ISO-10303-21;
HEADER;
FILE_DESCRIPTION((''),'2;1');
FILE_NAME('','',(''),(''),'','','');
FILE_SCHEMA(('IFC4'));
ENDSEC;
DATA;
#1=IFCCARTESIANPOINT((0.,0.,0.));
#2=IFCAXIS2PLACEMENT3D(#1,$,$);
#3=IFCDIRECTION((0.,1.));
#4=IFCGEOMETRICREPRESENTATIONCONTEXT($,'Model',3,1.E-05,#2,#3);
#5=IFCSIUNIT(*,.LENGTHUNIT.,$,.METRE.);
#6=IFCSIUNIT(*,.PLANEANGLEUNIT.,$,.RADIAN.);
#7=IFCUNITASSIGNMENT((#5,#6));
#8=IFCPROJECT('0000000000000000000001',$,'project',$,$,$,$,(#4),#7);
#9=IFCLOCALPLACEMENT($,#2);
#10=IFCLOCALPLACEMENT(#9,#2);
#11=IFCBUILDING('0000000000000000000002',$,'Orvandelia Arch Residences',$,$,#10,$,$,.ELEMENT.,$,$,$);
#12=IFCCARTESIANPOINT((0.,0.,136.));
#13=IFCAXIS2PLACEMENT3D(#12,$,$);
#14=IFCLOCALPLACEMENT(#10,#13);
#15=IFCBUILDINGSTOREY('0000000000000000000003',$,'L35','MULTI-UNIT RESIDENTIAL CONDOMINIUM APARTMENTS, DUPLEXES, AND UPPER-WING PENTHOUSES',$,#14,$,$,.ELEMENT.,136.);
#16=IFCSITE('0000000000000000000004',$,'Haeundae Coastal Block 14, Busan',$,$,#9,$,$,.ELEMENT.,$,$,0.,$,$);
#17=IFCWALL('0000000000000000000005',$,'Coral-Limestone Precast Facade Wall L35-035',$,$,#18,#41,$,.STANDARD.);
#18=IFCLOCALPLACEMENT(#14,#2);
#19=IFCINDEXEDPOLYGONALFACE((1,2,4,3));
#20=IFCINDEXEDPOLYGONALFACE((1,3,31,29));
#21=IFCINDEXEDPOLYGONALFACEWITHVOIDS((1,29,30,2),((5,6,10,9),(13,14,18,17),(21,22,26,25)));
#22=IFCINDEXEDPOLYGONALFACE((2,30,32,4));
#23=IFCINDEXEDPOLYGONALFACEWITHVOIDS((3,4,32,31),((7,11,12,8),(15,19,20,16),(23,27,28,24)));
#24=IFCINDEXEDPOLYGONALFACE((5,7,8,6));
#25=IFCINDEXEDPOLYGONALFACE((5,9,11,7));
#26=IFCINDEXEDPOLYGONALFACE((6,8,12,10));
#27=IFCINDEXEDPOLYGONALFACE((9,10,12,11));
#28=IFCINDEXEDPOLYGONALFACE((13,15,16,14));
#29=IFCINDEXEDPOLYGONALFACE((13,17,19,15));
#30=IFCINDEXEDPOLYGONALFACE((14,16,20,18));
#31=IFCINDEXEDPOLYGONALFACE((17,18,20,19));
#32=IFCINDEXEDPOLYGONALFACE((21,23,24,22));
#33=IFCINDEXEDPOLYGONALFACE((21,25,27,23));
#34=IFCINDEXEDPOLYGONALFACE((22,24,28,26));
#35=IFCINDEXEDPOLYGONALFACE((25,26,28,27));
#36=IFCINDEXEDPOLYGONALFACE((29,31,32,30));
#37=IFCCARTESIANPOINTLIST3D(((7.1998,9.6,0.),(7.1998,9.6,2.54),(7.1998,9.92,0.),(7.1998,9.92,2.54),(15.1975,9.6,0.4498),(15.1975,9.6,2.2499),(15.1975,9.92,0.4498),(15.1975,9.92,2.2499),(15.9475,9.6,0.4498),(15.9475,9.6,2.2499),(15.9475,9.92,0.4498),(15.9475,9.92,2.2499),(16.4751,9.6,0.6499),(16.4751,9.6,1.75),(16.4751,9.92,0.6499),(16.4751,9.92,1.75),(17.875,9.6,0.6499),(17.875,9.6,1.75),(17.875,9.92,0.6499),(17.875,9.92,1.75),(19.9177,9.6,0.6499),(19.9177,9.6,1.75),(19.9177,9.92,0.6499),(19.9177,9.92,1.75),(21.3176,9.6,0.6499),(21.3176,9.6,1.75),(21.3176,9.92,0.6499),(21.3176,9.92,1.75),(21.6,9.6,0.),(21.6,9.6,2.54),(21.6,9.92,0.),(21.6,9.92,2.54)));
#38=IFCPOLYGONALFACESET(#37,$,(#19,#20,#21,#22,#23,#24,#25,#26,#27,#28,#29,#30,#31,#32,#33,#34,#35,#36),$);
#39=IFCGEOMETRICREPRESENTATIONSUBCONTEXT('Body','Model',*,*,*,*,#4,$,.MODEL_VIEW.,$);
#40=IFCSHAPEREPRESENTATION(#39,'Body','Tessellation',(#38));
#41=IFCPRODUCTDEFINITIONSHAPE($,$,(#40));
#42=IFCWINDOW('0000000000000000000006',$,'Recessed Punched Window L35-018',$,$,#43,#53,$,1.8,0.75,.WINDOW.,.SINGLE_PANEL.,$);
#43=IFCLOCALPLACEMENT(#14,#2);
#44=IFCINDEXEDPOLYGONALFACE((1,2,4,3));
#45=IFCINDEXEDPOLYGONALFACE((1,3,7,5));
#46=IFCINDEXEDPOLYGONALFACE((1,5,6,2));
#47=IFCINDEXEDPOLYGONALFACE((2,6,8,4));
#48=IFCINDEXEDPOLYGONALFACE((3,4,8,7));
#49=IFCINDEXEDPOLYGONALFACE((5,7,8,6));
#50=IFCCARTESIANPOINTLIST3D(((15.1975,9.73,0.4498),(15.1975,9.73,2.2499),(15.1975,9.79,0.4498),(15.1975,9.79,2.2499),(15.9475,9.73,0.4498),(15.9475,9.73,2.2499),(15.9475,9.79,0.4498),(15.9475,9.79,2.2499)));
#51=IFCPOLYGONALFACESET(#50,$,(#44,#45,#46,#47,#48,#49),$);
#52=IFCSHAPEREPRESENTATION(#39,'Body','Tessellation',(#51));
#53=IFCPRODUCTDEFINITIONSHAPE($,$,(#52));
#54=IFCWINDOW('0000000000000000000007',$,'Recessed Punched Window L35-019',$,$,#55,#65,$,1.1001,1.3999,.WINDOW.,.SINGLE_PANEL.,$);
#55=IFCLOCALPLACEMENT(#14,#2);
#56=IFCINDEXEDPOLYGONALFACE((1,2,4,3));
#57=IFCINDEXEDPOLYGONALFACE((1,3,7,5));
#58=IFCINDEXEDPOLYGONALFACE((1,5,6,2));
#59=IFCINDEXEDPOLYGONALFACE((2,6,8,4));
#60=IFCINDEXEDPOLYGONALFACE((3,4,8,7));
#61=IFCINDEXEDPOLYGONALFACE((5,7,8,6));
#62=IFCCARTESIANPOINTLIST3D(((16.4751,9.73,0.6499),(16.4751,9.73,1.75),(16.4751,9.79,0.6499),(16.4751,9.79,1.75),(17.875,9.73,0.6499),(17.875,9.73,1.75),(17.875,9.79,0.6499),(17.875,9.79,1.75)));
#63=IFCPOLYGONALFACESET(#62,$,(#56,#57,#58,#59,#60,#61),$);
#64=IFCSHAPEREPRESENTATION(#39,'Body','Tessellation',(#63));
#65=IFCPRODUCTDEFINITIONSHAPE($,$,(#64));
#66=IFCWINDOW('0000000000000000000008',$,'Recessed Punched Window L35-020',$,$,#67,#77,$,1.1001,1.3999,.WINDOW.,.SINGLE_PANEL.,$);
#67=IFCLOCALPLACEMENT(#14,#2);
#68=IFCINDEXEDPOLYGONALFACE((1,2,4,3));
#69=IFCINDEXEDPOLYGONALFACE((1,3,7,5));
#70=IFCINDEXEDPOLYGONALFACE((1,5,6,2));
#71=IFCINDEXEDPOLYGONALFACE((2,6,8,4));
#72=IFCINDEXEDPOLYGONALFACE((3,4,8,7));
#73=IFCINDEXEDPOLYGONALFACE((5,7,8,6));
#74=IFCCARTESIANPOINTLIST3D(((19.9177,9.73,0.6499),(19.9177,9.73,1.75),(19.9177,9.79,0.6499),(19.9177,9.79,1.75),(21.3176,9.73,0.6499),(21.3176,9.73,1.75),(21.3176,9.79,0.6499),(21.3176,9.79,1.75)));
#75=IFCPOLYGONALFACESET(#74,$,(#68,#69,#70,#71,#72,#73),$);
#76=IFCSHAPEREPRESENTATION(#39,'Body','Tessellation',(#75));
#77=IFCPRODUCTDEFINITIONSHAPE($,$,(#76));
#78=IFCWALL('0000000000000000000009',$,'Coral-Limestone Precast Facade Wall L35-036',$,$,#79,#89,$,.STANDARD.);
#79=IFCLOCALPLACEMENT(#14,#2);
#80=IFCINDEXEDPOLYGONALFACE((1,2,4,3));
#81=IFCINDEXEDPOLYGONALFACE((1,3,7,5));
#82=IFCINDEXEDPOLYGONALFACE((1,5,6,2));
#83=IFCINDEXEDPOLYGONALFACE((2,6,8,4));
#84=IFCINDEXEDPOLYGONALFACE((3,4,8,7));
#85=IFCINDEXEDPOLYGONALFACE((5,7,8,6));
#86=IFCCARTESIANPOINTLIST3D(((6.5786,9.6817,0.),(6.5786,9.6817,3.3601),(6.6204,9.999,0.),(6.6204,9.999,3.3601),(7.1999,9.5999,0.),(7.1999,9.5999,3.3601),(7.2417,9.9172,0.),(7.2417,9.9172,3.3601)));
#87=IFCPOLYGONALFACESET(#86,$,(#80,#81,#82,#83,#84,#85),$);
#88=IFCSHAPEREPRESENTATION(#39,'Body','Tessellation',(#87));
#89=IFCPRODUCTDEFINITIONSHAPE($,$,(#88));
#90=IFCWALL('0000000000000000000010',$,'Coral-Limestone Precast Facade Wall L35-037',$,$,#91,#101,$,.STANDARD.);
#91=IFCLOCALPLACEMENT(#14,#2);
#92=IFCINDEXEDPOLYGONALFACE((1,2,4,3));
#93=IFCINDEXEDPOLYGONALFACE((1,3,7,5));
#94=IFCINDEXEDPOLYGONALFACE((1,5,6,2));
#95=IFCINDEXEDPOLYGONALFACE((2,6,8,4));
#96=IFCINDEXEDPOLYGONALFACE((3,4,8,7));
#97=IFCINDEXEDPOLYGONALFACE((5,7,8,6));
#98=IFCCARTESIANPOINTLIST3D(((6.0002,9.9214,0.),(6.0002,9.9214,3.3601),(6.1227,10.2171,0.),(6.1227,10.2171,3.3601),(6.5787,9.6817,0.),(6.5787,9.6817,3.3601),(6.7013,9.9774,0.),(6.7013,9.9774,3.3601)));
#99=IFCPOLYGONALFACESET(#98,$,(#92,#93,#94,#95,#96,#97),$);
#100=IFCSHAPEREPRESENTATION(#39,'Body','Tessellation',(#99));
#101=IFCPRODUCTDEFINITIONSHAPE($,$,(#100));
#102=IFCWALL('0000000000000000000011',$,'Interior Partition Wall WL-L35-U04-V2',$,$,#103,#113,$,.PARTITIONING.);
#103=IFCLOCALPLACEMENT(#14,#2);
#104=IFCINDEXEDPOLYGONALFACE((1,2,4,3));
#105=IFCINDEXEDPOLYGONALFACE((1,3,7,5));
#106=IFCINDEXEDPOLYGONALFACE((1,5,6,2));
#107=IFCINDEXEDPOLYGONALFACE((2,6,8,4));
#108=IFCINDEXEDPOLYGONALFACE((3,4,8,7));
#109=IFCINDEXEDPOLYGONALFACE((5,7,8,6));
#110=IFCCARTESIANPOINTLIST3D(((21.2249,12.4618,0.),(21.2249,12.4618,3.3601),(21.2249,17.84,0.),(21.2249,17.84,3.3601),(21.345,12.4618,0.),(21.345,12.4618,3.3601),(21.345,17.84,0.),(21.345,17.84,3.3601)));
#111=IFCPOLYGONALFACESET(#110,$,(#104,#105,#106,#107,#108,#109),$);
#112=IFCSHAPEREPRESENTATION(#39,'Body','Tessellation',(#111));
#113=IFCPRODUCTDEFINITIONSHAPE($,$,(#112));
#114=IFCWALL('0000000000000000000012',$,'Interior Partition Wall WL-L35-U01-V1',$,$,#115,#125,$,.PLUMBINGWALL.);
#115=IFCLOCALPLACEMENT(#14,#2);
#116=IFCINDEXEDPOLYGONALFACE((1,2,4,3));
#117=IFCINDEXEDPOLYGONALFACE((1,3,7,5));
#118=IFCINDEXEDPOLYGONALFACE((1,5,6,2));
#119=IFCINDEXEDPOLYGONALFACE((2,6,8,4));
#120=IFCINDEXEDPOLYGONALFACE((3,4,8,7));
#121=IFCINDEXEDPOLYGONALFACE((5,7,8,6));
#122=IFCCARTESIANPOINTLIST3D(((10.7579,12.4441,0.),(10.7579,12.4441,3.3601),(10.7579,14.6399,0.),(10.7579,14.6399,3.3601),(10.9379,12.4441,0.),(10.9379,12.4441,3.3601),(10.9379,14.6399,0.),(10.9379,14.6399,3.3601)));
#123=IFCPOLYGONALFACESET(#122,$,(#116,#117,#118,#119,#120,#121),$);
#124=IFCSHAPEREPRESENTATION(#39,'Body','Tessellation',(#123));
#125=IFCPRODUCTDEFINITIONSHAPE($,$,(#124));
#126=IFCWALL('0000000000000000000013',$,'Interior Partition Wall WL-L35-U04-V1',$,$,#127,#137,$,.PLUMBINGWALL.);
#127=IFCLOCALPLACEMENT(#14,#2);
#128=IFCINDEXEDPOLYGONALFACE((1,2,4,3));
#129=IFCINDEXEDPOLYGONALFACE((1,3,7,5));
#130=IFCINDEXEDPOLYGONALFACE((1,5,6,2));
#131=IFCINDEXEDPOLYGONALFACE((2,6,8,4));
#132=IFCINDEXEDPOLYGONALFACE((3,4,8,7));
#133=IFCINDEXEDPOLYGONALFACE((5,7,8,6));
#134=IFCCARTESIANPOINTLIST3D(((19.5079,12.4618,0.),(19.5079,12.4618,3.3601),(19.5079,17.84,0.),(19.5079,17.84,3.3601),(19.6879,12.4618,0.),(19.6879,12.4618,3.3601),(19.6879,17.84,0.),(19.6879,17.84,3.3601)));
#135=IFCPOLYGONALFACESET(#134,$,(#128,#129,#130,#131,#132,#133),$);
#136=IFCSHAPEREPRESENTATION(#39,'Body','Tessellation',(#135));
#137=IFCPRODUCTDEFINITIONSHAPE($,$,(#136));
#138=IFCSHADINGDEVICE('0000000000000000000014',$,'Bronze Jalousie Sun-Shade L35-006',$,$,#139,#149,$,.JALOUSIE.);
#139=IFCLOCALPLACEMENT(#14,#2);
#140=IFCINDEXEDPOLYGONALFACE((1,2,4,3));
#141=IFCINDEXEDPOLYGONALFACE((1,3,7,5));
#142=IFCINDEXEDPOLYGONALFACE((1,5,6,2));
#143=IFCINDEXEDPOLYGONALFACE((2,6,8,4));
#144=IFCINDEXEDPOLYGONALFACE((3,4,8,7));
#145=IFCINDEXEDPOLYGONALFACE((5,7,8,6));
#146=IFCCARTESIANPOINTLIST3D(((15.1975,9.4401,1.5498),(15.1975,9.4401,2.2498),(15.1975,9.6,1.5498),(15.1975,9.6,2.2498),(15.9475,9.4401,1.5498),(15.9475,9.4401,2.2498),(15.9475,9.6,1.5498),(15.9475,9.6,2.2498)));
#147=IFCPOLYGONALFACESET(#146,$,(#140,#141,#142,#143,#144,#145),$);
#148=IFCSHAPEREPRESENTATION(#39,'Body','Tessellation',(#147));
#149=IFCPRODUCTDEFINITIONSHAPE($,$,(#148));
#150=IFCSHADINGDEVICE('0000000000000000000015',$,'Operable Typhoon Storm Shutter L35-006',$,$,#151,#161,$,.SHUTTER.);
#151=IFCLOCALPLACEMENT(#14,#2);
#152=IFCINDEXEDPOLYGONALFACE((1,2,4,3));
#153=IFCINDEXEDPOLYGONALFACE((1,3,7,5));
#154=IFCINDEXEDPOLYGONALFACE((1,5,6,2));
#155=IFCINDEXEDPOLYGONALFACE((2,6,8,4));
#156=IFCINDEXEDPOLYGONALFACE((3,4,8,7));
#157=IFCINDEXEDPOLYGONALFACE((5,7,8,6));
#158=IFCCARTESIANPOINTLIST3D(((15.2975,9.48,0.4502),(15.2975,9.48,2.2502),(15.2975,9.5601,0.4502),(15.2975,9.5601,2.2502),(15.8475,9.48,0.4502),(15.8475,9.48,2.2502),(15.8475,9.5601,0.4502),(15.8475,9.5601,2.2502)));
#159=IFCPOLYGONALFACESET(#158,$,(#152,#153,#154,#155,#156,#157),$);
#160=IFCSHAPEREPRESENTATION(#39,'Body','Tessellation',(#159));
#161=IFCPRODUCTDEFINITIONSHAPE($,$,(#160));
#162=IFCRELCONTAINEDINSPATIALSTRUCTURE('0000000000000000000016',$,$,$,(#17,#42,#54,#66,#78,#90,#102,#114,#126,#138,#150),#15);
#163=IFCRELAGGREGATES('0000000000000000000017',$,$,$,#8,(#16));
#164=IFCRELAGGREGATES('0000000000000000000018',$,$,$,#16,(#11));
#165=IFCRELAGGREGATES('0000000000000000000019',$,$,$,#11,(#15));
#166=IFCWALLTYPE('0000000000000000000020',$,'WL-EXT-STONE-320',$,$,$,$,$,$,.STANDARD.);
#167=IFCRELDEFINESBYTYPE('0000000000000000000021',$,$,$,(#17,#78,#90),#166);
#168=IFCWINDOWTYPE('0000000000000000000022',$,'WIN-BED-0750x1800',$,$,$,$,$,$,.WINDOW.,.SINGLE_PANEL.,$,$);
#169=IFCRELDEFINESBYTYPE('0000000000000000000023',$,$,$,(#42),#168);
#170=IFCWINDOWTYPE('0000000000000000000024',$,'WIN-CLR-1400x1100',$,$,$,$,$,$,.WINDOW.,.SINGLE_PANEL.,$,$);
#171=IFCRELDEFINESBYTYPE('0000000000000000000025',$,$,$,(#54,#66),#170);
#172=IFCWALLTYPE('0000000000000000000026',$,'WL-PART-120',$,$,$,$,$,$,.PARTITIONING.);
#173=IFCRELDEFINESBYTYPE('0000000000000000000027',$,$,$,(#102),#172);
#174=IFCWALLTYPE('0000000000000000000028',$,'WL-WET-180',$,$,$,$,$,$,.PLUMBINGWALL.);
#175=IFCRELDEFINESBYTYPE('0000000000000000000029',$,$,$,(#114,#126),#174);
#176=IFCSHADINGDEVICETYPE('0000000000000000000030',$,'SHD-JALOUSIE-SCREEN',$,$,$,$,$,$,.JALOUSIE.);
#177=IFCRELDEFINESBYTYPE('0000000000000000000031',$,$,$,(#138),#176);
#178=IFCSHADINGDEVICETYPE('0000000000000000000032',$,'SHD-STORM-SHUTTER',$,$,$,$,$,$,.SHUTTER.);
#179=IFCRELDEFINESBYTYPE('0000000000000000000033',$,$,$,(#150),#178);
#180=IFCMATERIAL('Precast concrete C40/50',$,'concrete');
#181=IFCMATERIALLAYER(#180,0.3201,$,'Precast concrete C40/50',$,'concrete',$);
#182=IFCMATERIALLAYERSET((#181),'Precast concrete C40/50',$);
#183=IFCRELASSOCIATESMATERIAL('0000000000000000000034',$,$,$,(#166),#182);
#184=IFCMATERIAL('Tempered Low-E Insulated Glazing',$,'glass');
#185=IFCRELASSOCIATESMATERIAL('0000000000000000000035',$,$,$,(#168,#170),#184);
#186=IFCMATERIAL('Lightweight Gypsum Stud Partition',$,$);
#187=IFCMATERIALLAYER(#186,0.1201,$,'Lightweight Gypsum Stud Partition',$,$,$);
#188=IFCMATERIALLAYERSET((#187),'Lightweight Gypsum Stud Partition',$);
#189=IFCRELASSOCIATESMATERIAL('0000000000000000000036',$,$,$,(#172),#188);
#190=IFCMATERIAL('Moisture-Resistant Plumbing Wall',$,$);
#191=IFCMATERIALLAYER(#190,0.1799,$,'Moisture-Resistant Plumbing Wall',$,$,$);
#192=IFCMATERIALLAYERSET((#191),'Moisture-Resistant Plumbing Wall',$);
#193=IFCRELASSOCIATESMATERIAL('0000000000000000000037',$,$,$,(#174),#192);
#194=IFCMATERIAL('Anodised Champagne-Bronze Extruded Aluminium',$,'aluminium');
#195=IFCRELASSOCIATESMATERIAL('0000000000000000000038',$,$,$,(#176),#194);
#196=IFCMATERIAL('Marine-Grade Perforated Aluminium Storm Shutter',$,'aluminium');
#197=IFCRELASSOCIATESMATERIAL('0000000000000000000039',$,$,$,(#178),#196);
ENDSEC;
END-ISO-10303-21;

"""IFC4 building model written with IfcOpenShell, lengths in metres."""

from ifc_helpers import new_model, si_unit, direction, frame, frame_2d, origin, origin_2d, place, context, subcontext, project, spatial, rectangle, extrude, material, layer, layer_set, type_object, element, fill, save


model = new_model("IFC4")

# Units and contexts
model_context = context("Model", 3, precision=1e-05, world=origin(), true_north=direction((0.0, 1.0)))
body_context = subcontext(model_context, "Body", "Model", "MODEL_VIEW")
ifc_project = project(units=[si_unit("LENGTHUNIT", "METRE"), si_unit("PLANEANGLEUNIT", "RADIAN")], contexts=[model_context])

# Site, building, storey
site_placement = place(None, origin())
site = spatial("IfcSite", under=ifc_project, at=site_placement, Name="Haeundae Coastal Block 14, Busan", CompositionType="ELEMENT", RefElevation=0.0)
building_placement = place(site_placement, origin())
building = spatial("IfcBuilding", under=site, at=building_placement, Name="Orvandelia Arch Residences", CompositionType="ELEMENT")
storey_placement = place(building_placement, frame((0.0, 0.0, 136.0)))
storey = spatial("IfcBuildingStorey", under=building, at=storey_placement, Name="L35", Description="MULTI-UNIT RESIDENTIAL CONDOMINIUM APARTMENTS, DUPLEXES, AND UPPER-WING PENTHOUSES", CompositionType="ELEMENT", Elevation=136.0)

# Wall, openings, windows
ifc_material_1 = material(Name="Precast concrete C40/50", Category="concrete")
ifc_layer_1 = layer(ifc_material_1, 0.3201, Name="Precast concrete C40/50", Category="concrete")
ifc_layer_set_1 = layer_set([ifc_layer_1], Name="Precast concrete C40/50")
wall_type_1 = type_object("IfcWallType", Name="WL-EXT-STONE-320", PredefinedType="STANDARD", material=ifc_layer_set_1)
wall_1_placement = place(storey_placement, frame((21.6001, 9.76, 0.0), z_axis=(0.0, 0.0, 1.0), x_axis=(-1.0, 0.0, 0.0)))
wall_1 = element("IfcWall", 1, at=wall_1_placement, inside=storey, type_object=wall_type_1, Name="Coral-Limestone Precast Facade Wall L35-035", PredefinedType="STANDARD", context=body_context, shape_type="SweptSolid", body=[
    extrude(rectangle(XDim=14.4001, YDim=0.3201, at=frame_2d((7.2002, 0.0))), origin(), (0.0, 0.0, 1.0), 2.54),
])
opening_1_placement = place(wall_1_placement, frame((5.6526, 0.0, 0.45)))
opening_1 = element("IfcOpeningElement", 2, at=opening_1_placement, cuts=wall_1, PredefinedType="OPENING", context=body_context, shape_type="SweptSolid", body=[
    extrude(rectangle(XDim=0.75, YDim=1.8, at=frame_2d((0.375, 0.8999))), frame((0.0, 0.1699, 0.0), z_axis=(0.0, -1.0, 0.0), x_axis=(1.0, 0.0, 0.0)), (0.0, 0.0, 1.0), 0.3401),
])
opening_2_placement = place(wall_1_placement, frame((3.7251, 0.0, 0.6499)))
opening_2 = element("IfcOpeningElement", 3, at=opening_2_placement, cuts=wall_1, PredefinedType="OPENING", context=body_context, shape_type="SweptSolid", body=[
    extrude(rectangle(XDim=1.3999, YDim=1.1001, at=frame_2d((0.7, 0.55))), frame((0.0, 0.1699, 0.0), z_axis=(0.0, -1.0, 0.0), x_axis=(1.0, 0.0, 0.0)), (0.0, 0.0, 1.0), 0.3401),
])
opening_3_placement = place(wall_1_placement, frame((0.2825, 0.0, 0.6499)))
opening_3 = element("IfcOpeningElement", 4, at=opening_3_placement, cuts=wall_1, PredefinedType="OPENING", context=body_context, shape_type="SweptSolid", body=[
    extrude(rectangle(XDim=1.3999, YDim=1.1001, at=frame_2d((0.7, 0.55))), frame((0.0, 0.1699, 0.0), z_axis=(0.0, -1.0, 0.0), x_axis=(1.0, 0.0, 0.0)), (0.0, 0.0, 1.0), 0.3401),
])
ifc_material_2 = material(Name="Tempered Low-E Insulated Glazing", Category="glass")
window_type_1 = type_object("IfcWindowType", Name="WIN-BED-0750x1800", PartitioningType="SINGLE_PANEL", PredefinedType="WINDOW", material=ifc_material_2)
window_1_placement = place(opening_1_placement, origin())
window_1 = element("IfcWindow", 5, at=window_1_placement, inside=storey, type_object=window_type_1, Name="Recessed Punched Window L35-018", OverallHeight=1.8, OverallWidth=0.75, PartitioningType="SINGLE_PANEL", PredefinedType="WINDOW", context=body_context, shape_type="SweptSolid", body=[
    extrude(rectangle(XDim=0.75, YDim=1.8, at=frame_2d((0.375, 0.8999))), frame((0.0, 0.03, 0.0), z_axis=(0.0, -1.0, 0.0), x_axis=(1.0, 0.0, 0.0)), (0.0, 0.0, 1.0), 0.0601),
])
fill(opening_1, window_1)
window_type_2 = type_object("IfcWindowType", Name="WIN-CLR-1400x1100", PartitioningType="SINGLE_PANEL", PredefinedType="WINDOW", material=ifc_material_2)
window_2_placement = place(opening_2_placement, origin())
window_2 = element("IfcWindow", 6, at=window_2_placement, inside=storey, type_object=window_type_2, Name="Recessed Punched Window L35-019", OverallHeight=1.1001, OverallWidth=1.3999, PartitioningType="SINGLE_PANEL", PredefinedType="WINDOW", context=body_context, shape_type="SweptSolid", body=[
    extrude(rectangle(XDim=1.3999, YDim=1.1001, at=frame_2d((0.7, 0.55))), frame((0.0, 0.03, 0.0), z_axis=(0.0, -1.0, 0.0), x_axis=(1.0, 0.0, 0.0)), (0.0, 0.0, 1.0), 0.0601),
])
fill(opening_2, window_2)
window_3_placement = place(opening_3_placement, origin())
window_3 = element("IfcWindow", 7, at=window_3_placement, inside=storey, type_object=window_type_2, Name="Recessed Punched Window L35-020", OverallHeight=1.1001, OverallWidth=1.3999, PartitioningType="SINGLE_PANEL", PredefinedType="WINDOW", context=body_context, shape_type="SweptSolid", body=[
    extrude(rectangle(XDim=1.3999, YDim=1.1001, at=frame_2d((0.7, 0.55))), frame((0.0, 0.03, 0.0), z_axis=(0.0, -1.0, 0.0), x_axis=(1.0, 0.0, 0.0)), (0.0, 0.0, 1.0), 0.0601),
])
fill(opening_3, window_3)

# Walls
wall_2_placement = place(storey_placement, frame((7.2209, 9.7585, 0.0), z_axis=(0.0, 0.0, 1.0), x_axis=(-0.991448, 0.130505, 0.0)))
element("IfcWall", 8, at=wall_2_placement, inside=storey, type_object=wall_type_1, Name="Coral-Limestone Precast Facade Wall L35-036", PredefinedType="STANDARD", context=body_context, shape_type="SweptSolid", body=[
    extrude(rectangle(XDim=0.6267, YDim=0.3201, at=frame_2d((0.3135, 0.0))), origin(), (0.0, 0.0, 1.0), 3.3601),
])
wall_3_placement = place(storey_placement, frame((6.6399, 9.8296, 0.0), z_axis=(0.0, 0.0, 1.0), x_axis=(-0.923836, 0.382788, 0.0)))
element("IfcWall", 9, at=wall_3_placement, inside=storey, type_object=wall_type_1, Name="Coral-Limestone Precast Facade Wall L35-037", PredefinedType="STANDARD", context=body_context, shape_type="SweptSolid", body=[
    extrude(rectangle(XDim=0.6262, YDim=0.3201, at=frame_2d((0.313, 0.0))), origin(), (0.0, 0.0, 1.0), 3.3601),
])
ifc_material_3 = material(Name="Lightweight Gypsum Stud Partition")
ifc_layer_2 = layer(ifc_material_3, 0.1201, Name="Lightweight Gypsum Stud Partition")
ifc_layer_set_2 = layer_set([ifc_layer_2], Name="Lightweight Gypsum Stud Partition")
wall_type_2 = type_object("IfcWallType", Name="WL-PART-120", PredefinedType="PARTITIONING", material=ifc_layer_set_2)
wall_4_placement = place(storey_placement, frame((21.2849, 12.4619, 0.0), z_axis=(0.0, 0.0, 1.0), x_axis=(0.0, 1.0, 0.0)))
element("IfcWall", 10, at=wall_4_placement, inside=storey, type_object=wall_type_2, Name="Interior Partition Wall WL-L35-U04-V2", PredefinedType="PARTITIONING", context=body_context, shape_type="SweptSolid", body=[
    extrude(rectangle(XDim=5.3782, YDim=0.1201, at=frame_2d((2.689, 0.0))), origin(), (0.0, 0.0, 1.0), 3.3601),
])
ifc_material_4 = material(Name="Moisture-Resistant Plumbing Wall")
ifc_layer_3 = layer(ifc_material_4, 0.1799, Name="Moisture-Resistant Plumbing Wall")
ifc_layer_set_3 = layer_set([ifc_layer_3], Name="Moisture-Resistant Plumbing Wall")
wall_type_3 = type_object("IfcWallType", Name="WL-WET-180", PredefinedType="PLUMBINGWALL", material=ifc_layer_set_3)
wall_5_placement = place(storey_placement, frame((10.8479, 12.4441, 0.0), z_axis=(0.0, 0.0, 1.0), x_axis=(0.0, 1.0, 0.0)))
element("IfcWall", 11, at=wall_5_placement, inside=storey, type_object=wall_type_3, Name="Interior Partition Wall WL-L35-U01-V1", PredefinedType="PLUMBINGWALL", context=body_context, shape_type="SweptSolid", body=[
    extrude(rectangle(XDim=2.1958, YDim=0.1799, at=frame_2d((1.0979, 0.0))), origin(), (0.0, 0.0, 1.0), 3.3601),
])

# Wall
wall_6_placement = place(storey_placement, frame((19.5979, 12.4619, 0.0), z_axis=(0.0, 0.0, 1.0), x_axis=(0.0, 1.0, 0.0)))
element("IfcWall", 12, at=wall_6_placement, inside=storey, type_object=wall_type_3, Name="Interior Partition Wall WL-L35-U04-V1", PredefinedType="PLUMBINGWALL", context=body_context, shape_type="SweptSolid", body=[
    extrude(rectangle(XDim=5.3782, YDim=0.1799, at=frame_2d((2.689, 0.0))), origin(), (0.0, 0.0, 1.0), 3.3601),
])

# Shading devices
ifc_material_5 = material(Name="Anodised Champagne-Bronze Extruded Aluminium", Category="aluminium")
shading_device_type_1 = type_object("IfcShadingDeviceType", Name="SHD-JALOUSIE-SCREEN", PredefinedType="JALOUSIE", material=ifc_material_5)
shading_device_1_placement = place(storey_placement, frame((15.5725, 9.52, 1.5498), z_axis=(0.0, 0.0, 1.0), x_axis=(-1.0, 0.0, 0.0)))
element("IfcShadingDevice", 13, at=shading_device_1_placement, inside=storey, type_object=shading_device_type_1, Name="Bronze Jalousie Sun-Shade L35-006", PredefinedType="JALOUSIE", context=body_context, shape_type="SweptSolid", body=[
    extrude(rectangle(XDim=0.75, YDim=0.1599, at=origin_2d()), origin(), (0.0, 0.0, 1.0), 0.7),
])
ifc_material_6 = material(Name="Marine-Grade Perforated Aluminium Storm Shutter", Category="aluminium")
shading_device_type_2 = type_object("IfcShadingDeviceType", Name="SHD-STORM-SHUTTER", PredefinedType="SHUTTER", material=ifc_material_6)
shading_device_2_placement = place(storey_placement, frame((15.5725, 9.52, 0.4502), z_axis=(0.0, 0.0, 1.0), x_axis=(-1.0, 0.0, 0.0)))
element("IfcShadingDevice", 14, at=shading_device_2_placement, inside=storey, type_object=shading_device_type_2, Name="Operable Typhoon Storm Shutter L35-006", PredefinedType="SHUTTER", context=body_context, shape_type="SweptSolid", body=[
    extrude(rectangle(XDim=0.55, YDim=0.0801, at=origin_2d()), origin(), (0.0, 0.0, 1.0), 1.8),
])

save(model, "model.ifc")
